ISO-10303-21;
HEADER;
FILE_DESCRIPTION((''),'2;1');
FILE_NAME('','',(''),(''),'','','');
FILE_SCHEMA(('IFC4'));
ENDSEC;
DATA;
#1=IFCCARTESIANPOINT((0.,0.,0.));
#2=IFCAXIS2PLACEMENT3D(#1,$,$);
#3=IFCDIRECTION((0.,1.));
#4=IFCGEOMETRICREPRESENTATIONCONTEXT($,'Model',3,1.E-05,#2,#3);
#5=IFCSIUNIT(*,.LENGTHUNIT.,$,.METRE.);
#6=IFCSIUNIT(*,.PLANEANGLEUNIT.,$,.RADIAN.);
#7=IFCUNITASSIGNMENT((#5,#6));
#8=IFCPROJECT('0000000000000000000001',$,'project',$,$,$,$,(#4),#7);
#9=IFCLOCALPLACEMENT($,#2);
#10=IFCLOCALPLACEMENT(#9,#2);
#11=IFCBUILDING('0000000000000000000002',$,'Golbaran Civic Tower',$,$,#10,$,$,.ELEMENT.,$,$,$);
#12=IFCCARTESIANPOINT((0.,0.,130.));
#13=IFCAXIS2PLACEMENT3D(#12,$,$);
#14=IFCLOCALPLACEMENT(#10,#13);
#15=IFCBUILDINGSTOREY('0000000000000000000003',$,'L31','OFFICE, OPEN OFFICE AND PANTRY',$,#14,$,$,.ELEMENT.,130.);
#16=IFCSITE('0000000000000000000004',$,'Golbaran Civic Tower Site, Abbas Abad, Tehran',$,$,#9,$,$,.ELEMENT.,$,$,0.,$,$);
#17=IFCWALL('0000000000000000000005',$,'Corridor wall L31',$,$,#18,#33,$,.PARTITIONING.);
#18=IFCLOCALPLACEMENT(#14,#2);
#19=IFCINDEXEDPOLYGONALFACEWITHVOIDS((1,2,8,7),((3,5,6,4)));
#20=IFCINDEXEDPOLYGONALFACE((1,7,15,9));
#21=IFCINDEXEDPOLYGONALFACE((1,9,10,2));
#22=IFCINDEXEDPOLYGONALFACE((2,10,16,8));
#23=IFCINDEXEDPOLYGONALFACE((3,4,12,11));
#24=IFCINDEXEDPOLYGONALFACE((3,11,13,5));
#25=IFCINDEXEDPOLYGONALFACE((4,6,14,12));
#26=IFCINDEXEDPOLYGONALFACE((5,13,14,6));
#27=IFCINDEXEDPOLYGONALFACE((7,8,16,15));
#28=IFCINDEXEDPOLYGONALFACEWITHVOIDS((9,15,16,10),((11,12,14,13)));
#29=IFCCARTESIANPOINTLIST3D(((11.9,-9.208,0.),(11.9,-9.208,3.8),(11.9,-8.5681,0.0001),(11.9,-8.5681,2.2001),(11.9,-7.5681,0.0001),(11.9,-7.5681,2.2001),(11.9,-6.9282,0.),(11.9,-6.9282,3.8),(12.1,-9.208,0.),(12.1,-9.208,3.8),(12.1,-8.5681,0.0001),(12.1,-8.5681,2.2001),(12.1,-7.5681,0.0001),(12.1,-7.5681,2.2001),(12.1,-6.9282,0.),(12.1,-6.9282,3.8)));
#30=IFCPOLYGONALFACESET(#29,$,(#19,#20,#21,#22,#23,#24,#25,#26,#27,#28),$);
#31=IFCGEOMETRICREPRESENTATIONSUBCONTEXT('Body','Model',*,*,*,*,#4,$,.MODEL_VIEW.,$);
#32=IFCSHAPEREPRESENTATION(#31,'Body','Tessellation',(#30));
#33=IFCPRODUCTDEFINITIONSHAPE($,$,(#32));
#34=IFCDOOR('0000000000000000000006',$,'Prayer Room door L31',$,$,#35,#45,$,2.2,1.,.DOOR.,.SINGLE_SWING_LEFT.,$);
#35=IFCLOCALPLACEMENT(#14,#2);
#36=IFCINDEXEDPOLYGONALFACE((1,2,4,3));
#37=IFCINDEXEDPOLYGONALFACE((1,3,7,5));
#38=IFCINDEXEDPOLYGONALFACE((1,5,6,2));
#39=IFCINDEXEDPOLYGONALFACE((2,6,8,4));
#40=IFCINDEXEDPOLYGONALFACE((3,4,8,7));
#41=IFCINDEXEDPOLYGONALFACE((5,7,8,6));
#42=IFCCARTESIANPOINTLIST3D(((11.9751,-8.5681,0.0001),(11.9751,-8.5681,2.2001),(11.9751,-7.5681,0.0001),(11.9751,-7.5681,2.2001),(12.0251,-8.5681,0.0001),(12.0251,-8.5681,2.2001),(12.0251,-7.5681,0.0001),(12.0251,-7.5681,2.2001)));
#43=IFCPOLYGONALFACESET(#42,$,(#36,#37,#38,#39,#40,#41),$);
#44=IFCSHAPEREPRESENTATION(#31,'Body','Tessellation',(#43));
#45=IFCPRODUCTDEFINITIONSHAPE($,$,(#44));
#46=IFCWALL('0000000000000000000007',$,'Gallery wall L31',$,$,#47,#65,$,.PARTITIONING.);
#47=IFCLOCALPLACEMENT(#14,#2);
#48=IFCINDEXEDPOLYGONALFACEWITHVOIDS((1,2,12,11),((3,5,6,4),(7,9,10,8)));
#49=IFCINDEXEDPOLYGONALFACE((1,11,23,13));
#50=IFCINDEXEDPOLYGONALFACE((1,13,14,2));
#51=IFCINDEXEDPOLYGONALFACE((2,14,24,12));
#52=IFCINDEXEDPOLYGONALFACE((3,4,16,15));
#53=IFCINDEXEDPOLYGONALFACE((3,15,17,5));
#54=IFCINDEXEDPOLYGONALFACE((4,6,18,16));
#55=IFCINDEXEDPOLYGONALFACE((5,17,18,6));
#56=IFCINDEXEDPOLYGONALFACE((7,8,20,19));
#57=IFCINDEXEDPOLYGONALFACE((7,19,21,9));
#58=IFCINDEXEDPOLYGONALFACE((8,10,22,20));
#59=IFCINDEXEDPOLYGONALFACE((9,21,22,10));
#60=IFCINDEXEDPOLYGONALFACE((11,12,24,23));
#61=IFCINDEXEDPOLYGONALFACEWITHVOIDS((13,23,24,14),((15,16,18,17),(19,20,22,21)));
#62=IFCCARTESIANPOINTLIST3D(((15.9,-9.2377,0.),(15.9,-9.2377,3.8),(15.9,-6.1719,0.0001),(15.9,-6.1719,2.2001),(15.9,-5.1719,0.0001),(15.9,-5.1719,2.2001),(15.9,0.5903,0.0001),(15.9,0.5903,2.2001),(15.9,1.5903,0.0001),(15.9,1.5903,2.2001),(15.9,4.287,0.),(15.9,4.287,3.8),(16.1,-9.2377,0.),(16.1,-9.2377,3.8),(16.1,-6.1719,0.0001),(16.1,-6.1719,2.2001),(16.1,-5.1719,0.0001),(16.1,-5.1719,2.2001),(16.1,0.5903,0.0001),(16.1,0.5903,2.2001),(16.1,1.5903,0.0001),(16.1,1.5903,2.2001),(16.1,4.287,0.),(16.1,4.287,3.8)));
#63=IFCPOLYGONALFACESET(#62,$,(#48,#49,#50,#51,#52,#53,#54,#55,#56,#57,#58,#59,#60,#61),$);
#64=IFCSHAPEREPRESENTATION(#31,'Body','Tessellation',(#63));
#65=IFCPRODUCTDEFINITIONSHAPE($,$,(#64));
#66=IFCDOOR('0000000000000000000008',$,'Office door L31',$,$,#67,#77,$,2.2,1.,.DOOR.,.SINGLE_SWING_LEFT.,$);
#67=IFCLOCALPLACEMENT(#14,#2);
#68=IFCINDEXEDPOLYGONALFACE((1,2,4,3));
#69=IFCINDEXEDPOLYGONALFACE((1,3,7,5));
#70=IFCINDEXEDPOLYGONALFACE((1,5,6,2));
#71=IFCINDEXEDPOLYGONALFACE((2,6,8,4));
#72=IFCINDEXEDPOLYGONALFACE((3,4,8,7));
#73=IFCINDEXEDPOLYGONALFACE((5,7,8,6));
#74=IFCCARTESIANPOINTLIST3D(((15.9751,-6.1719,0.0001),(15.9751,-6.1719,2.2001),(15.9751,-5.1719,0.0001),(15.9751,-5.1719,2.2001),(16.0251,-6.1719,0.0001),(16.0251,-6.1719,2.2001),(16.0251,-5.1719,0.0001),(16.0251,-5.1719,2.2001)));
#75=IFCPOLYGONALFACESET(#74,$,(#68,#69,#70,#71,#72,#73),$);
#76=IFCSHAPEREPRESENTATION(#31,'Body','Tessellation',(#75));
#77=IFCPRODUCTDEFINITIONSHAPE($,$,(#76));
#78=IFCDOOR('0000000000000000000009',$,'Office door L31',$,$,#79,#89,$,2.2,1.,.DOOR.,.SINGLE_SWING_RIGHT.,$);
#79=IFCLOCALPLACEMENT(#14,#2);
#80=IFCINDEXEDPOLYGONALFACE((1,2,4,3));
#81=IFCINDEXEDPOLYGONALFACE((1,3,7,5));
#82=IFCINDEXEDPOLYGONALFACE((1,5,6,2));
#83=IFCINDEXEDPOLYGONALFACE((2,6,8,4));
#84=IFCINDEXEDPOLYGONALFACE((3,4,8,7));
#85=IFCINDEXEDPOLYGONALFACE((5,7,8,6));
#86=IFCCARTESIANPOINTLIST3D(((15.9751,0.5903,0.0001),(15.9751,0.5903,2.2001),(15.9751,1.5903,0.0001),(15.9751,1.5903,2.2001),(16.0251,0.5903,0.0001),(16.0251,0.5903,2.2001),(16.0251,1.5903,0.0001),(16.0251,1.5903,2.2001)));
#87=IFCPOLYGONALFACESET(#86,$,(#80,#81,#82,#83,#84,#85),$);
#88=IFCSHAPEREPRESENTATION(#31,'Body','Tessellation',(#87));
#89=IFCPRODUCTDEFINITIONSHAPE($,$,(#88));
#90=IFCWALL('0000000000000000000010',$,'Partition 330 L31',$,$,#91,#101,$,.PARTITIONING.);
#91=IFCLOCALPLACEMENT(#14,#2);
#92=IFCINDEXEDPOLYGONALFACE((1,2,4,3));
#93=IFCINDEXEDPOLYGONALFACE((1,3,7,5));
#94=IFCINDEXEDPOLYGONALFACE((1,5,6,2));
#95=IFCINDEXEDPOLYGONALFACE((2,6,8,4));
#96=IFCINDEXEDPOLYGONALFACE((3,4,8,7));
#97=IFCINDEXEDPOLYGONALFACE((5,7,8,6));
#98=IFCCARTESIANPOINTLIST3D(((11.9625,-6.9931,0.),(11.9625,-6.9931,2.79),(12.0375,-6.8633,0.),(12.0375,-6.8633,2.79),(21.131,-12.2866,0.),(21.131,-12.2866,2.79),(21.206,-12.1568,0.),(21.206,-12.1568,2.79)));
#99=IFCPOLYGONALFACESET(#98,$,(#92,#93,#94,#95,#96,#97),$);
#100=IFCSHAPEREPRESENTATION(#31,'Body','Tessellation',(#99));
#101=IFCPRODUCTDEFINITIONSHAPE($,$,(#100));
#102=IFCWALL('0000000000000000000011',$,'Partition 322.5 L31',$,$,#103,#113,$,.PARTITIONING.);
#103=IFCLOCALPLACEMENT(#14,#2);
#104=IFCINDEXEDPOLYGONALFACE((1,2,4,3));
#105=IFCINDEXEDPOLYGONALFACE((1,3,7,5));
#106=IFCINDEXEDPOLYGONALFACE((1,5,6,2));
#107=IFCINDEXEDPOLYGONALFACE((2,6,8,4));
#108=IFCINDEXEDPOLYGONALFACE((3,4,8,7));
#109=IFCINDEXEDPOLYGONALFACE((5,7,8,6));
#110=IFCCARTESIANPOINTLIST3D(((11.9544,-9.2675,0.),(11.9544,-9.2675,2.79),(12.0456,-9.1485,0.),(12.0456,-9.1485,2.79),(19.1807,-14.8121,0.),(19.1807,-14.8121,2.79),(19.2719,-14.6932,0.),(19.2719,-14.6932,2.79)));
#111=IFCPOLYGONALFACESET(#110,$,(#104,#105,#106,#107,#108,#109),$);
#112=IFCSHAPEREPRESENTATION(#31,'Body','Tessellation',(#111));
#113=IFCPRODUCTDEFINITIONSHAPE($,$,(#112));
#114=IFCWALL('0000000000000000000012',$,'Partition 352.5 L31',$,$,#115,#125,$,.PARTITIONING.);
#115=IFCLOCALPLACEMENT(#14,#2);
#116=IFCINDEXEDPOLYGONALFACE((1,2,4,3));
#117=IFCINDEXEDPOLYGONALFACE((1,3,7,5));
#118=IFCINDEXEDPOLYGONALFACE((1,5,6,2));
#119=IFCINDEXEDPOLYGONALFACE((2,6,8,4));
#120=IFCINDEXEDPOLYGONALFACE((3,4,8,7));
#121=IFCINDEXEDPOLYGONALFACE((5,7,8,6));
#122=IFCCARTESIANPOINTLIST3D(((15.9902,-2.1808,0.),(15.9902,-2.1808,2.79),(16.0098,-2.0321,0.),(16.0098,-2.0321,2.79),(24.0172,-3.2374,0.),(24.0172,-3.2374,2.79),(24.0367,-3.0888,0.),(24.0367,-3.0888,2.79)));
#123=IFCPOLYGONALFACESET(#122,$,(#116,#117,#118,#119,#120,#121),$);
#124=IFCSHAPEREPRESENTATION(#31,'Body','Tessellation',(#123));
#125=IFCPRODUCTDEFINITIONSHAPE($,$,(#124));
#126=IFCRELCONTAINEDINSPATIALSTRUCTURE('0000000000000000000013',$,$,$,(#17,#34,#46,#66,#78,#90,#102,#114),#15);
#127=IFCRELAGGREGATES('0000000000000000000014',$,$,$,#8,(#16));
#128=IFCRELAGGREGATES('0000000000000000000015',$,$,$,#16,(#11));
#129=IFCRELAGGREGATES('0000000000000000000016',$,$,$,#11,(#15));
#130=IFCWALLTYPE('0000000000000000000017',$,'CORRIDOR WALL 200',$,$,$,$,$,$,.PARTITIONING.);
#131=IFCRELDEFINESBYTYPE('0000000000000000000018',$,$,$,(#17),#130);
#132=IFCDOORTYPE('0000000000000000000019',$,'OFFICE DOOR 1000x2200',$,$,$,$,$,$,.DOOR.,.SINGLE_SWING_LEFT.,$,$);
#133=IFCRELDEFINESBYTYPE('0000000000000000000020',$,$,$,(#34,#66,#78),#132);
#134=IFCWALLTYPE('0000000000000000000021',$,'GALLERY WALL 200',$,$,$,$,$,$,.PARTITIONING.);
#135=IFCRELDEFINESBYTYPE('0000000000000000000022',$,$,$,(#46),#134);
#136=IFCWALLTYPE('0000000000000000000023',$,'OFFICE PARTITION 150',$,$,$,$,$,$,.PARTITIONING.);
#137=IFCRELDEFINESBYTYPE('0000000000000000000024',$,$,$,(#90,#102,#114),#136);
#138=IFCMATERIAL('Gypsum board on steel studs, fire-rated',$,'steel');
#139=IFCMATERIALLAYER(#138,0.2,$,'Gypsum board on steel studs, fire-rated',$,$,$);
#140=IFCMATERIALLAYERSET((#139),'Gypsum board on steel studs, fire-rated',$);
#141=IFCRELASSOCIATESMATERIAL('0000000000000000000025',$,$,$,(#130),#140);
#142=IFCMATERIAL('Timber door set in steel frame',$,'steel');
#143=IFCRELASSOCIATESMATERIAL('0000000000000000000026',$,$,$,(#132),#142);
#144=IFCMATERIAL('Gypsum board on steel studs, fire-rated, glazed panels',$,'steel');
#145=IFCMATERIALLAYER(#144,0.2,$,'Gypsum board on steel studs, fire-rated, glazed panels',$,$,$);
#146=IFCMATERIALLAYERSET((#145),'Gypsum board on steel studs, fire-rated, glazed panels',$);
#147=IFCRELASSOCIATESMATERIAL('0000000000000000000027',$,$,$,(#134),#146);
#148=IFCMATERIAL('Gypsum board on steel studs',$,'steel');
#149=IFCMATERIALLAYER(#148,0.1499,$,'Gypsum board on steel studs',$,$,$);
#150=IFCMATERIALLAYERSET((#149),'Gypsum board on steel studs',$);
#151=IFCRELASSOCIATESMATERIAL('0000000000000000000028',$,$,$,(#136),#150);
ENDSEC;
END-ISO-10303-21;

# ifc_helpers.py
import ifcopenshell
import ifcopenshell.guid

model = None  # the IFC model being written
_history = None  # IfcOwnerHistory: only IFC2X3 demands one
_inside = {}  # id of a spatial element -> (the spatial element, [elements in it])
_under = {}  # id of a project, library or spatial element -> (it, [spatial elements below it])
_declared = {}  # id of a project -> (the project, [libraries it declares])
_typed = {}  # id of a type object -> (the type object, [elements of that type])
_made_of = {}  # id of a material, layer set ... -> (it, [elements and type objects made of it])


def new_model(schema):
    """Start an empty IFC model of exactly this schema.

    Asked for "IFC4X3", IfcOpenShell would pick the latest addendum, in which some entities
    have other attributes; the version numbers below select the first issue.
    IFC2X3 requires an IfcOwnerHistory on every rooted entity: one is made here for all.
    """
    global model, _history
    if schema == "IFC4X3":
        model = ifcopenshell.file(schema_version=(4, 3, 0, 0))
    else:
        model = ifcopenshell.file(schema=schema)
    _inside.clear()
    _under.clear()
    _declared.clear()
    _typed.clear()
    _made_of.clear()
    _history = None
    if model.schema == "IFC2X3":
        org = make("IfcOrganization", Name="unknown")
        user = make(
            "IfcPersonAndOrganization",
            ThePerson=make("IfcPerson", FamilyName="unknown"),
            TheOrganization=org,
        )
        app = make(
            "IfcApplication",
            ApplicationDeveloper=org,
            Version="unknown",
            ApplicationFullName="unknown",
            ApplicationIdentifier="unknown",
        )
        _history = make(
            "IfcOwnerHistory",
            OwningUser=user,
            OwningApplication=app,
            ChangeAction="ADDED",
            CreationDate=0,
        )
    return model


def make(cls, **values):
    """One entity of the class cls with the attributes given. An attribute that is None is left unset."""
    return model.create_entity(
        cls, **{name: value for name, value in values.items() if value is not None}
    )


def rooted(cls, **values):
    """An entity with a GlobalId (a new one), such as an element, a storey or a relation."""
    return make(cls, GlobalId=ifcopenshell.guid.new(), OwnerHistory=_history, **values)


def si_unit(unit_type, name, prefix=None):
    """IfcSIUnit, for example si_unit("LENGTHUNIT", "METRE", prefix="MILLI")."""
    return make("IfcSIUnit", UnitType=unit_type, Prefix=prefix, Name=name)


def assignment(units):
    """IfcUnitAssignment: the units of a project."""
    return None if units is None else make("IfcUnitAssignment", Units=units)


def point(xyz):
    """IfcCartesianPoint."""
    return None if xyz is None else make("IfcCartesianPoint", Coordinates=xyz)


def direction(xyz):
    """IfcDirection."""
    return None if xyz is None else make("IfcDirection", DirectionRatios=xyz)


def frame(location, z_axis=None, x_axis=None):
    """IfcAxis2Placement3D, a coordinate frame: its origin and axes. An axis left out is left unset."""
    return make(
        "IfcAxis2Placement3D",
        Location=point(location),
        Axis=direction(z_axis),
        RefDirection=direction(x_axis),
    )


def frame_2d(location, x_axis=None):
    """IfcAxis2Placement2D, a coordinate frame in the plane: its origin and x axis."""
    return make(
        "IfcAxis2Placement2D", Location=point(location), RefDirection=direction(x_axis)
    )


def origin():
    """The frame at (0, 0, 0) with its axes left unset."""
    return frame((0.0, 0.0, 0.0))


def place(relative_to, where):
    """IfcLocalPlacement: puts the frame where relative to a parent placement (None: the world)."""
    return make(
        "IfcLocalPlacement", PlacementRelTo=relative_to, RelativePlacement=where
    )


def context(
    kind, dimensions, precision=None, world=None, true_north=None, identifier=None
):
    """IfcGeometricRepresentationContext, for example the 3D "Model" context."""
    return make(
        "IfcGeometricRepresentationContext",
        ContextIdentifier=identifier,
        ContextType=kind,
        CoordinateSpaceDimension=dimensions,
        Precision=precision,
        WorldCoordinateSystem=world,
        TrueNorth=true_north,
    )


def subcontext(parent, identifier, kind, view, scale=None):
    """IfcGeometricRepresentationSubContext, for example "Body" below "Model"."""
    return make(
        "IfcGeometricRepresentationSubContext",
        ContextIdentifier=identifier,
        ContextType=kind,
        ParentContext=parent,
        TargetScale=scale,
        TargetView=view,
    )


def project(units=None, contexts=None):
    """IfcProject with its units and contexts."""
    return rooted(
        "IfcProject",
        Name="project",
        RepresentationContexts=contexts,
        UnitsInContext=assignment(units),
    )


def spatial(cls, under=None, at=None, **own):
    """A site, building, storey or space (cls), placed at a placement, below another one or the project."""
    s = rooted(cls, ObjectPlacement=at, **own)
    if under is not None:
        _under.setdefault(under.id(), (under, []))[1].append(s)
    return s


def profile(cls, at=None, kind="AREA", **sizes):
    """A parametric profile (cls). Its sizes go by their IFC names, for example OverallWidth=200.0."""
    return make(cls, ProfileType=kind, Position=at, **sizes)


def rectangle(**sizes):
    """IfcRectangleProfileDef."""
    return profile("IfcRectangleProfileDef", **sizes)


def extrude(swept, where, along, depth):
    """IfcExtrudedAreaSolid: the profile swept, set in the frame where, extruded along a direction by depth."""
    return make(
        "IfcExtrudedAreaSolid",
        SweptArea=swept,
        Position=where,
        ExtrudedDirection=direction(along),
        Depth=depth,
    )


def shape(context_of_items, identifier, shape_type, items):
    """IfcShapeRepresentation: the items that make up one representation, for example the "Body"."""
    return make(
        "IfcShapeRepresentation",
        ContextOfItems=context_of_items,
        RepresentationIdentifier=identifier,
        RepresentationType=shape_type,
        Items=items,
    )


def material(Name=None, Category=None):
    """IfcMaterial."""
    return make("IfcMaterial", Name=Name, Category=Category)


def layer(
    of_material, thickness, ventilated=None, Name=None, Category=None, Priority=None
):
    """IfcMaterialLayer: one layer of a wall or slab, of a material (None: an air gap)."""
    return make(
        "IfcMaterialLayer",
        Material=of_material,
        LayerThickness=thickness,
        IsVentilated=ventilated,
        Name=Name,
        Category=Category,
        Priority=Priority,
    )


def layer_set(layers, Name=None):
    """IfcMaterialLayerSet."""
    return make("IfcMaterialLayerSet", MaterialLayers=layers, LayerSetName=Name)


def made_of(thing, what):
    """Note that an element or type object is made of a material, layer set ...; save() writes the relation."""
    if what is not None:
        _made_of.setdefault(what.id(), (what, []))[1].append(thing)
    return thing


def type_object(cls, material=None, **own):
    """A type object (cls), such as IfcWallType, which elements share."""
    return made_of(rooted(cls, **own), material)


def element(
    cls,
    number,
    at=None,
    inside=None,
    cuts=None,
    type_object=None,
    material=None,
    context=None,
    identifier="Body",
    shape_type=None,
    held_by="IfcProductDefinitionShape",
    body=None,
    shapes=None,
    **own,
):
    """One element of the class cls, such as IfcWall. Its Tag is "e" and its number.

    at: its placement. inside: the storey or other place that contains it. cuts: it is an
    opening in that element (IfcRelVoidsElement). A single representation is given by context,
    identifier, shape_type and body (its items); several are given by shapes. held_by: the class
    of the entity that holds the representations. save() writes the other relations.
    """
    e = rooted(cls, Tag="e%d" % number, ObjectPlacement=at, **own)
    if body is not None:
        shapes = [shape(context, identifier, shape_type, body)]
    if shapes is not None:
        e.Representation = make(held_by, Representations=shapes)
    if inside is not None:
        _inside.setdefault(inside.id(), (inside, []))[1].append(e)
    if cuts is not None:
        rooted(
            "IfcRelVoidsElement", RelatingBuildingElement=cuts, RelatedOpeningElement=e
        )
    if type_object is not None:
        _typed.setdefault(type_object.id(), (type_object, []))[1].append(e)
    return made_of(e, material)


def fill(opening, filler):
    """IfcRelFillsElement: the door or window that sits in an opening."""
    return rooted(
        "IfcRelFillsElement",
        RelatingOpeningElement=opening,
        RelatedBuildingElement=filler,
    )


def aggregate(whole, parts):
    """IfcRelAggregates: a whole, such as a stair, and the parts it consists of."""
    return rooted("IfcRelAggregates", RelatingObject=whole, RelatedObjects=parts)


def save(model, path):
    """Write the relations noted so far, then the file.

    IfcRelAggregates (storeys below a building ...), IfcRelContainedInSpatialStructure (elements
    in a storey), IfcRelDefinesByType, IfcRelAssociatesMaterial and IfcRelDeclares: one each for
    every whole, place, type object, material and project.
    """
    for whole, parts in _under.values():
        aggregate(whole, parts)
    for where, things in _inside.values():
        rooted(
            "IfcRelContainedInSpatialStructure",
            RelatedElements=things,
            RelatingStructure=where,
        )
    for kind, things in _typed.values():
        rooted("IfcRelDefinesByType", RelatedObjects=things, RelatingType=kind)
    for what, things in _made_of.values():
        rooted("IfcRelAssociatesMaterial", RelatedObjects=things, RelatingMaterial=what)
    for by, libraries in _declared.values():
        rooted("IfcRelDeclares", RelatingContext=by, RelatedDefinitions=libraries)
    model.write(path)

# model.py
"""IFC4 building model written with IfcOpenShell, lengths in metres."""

from ifc_helpers import new_model, si_unit, direction, frame, frame_2d, origin, place, context, subcontext, project, spatial, rectangle, extrude, material, layer, layer_set, type_object, element, fill, save


model = new_model("IFC4")

# Units and contexts
model_context = context("Model", 3, precision=1e-05, world=origin(), true_north=direction((0.0, 1.0)))
body_context = subcontext(model_context, "Body", "Model", "MODEL_VIEW")
ifc_project = project(units=[si_unit("LENGTHUNIT", "METRE"), si_unit("PLANEANGLEUNIT", "RADIAN")], contexts=[model_context])

# Site, building, storey
site_placement = place(None, origin())
site = spatial("IfcSite", under=ifc_project, at=site_placement, Name="Golbaran Civic Tower Site, Abbas Abad, Tehran", CompositionType="ELEMENT", RefElevation=0.0)
building_placement = place(site_placement, origin())
building = spatial("IfcBuilding", under=site, at=building_placement, Name="Golbaran Civic Tower", CompositionType="ELEMENT")
storey_placement = place(building_placement, frame((0.0, 0.0, 130.0)))
storey = spatial("IfcBuildingStorey", under=building, at=storey_placement, Name="L31", Description="OFFICE, OPEN OFFICE AND PANTRY", CompositionType="ELEMENT", Elevation=130.0)

# Shared definitions
ifc_material_1 = material(Name="Timber door set in steel frame", Category="steel")

# Shared definitions
ifc_material_2 = material(Name="Gypsum board on steel studs, fire-rated", Category="steel")
ifc_layer_1 = layer(ifc_material_2, 0.2, Name="Gypsum board on steel studs, fire-rated")
ifc_layer_set_1 = layer_set([ifc_layer_1], Name="Gypsum board on steel studs, fire-rated")
wall_type_1 = type_object("IfcWallType", Name="CORRIDOR WALL 200", PredefinedType="PARTITIONING", material=ifc_layer_set_1)

# Wall, opening, door
wall_1_placement = place(storey_placement, frame((12.0, -9.208, 0.0), z_axis=(0.0, 0.0, 1.0), x_axis=(0.0, 1.0, 0.0)))
wall_1 = element("IfcWall", 1, at=wall_1_placement, inside=storey, type_object=wall_type_1, Name="Corridor wall L31", PredefinedType="PARTITIONING", context=body_context, shape_type="SweptSolid", body=[
    extrude(rectangle(XDim=2.2798, YDim=0.2, at=frame_2d((1.1399, 0.0))), origin(), (0.0, 0.0, 1.0), 3.8),
])
opening_1_placement = place(wall_1_placement, frame((0.6399, 0.0, 0.0)))
opening_1 = element("IfcOpeningElement", 2, at=opening_1_placement, cuts=wall_1, PredefinedType="OPENING", context=body_context, shape_type="SweptSolid", body=[
    extrude(rectangle(XDim=1.0, YDim=2.2, at=frame_2d((0.5, 1.1001))), frame((0.0, 0.1099, 0.0), z_axis=(0.0, -1.0, 0.0), x_axis=(1.0, 0.0, 0.0)), (0.0, 0.0, 1.0), 0.22),
])
door_type_1 = type_object("IfcDoorType", Name="OFFICE DOOR 1000x2200", OperationType="SINGLE_SWING_LEFT", PredefinedType="DOOR", material=ifc_material_1)
door_1_placement = place(opening_1_placement, origin())
door_1 = element("IfcDoor", 3, at=door_1_placement, inside=storey, type_object=door_type_1, Name="Prayer Room door L31", OperationType="SINGLE_SWING_LEFT", OverallHeight=2.2, OverallWidth=1.0, PredefinedType="DOOR", context=body_context, shape_type="SweptSolid", body=[
    extrude(rectangle(XDim=1.0, YDim=2.2, at=frame_2d((0.5, 1.1001))), frame((0.0, 0.0249, 0.0), z_axis=(0.0, -1.0, 0.0), x_axis=(1.0, 0.0, 0.0)), (0.0, 0.0, 1.0), 0.05),
])
fill(opening_1, door_1)

# Wall, openings, doors
ifc_material_3 = material(Name="Gypsum board on steel studs, fire-rated, glazed panels", Category="steel")
ifc_layer_2 = layer(ifc_material_3, 0.2, Name="Gypsum board on steel studs, fire-rated, glazed panels")
ifc_layer_set_2 = layer_set([ifc_layer_2], Name="Gypsum board on steel studs, fire-rated, glazed panels")
wall_type_2 = type_object("IfcWallType", Name="GALLERY WALL 200", PredefinedType="PARTITIONING", material=ifc_layer_set_2)
wall_2_placement = place(storey_placement, frame((16.0, -9.2375, 0.0), z_axis=(0.0, 0.0, 1.0), x_axis=(0.0, 1.0, 0.0)))
wall_2 = element("IfcWall", 4, at=wall_2_placement, inside=storey, type_object=wall_type_2, Name="Gallery wall L31", PredefinedType="PARTITIONING", context=body_context, shape_type="SweptSolid", body=[
    extrude(rectangle(XDim=13.5247, YDim=0.2, at=frame_2d((6.7622, 0.0))), origin(), (0.0, 0.0, 1.0), 3.8),
])
opening_2_placement = place(wall_2_placement, frame((3.0657, 0.0, 0.0)))
opening_2 = element("IfcOpeningElement", 5, at=opening_2_placement, cuts=wall_2, PredefinedType="OPENING", context=body_context, shape_type="SweptSolid", body=[
    extrude(rectangle(XDim=1.0, YDim=2.2, at=frame_2d((0.5, 1.1001))), frame((0.0, 0.1099, 0.0), z_axis=(0.0, -1.0, 0.0), x_axis=(1.0, 0.0, 0.0)), (0.0, 0.0, 1.0), 0.22),
])
opening_3_placement = place(wall_2_placement, frame((9.8279, 0.0, 0.0)))
opening_3 = element("IfcOpeningElement", 6, at=opening_3_placement, cuts=wall_2, PredefinedType="OPENING", context=body_context, shape_type="SweptSolid", body=[
    extrude(rectangle(XDim=1.0, YDim=2.2, at=frame_2d((0.5, 1.1001))), frame((0.0, 0.1099, 0.0), z_axis=(0.0, -1.0, 0.0), x_axis=(1.0, 0.0, 0.0)), (0.0, 0.0, 1.0), 0.22),
])
door_2_placement = place(opening_2_placement, origin())
door_2 = element("IfcDoor", 7, at=door_2_placement, inside=storey, type_object=door_type_1, Name="Office door L31", OperationType="SINGLE_SWING_LEFT", OverallHeight=2.2, OverallWidth=1.0, PredefinedType="DOOR", context=body_context, shape_type="SweptSolid", body=[
    extrude(rectangle(XDim=1.0, YDim=2.2, at=frame_2d((0.5, 1.1001))), frame((0.0, 0.0249, 0.0), z_axis=(0.0, -1.0, 0.0), x_axis=(1.0, 0.0, 0.0)), (0.0, 0.0, 1.0), 0.05),
])
fill(opening_2, door_2)
door_3_placement = place(opening_3_placement, origin())
door_3 = element("IfcDoor", 8, at=door_3_placement, inside=storey, type_object=door_type_1, Name="Office door L31", OperationType="SINGLE_SWING_RIGHT", OverallHeight=2.2, OverallWidth=1.0, PredefinedType="DOOR", context=body_context, shape_type="SweptSolid", body=[
    extrude(rectangle(XDim=1.0, YDim=2.2, at=frame_2d((0.5, 1.1001))), frame((0.0, 0.0249, 0.0), z_axis=(0.0, -1.0, 0.0), x_axis=(1.0, 0.0, 0.0)), (0.0, 0.0, 1.0), 0.05),
])
fill(opening_3, door_3)

# Walls
ifc_material_4 = material(Name="Gypsum board on steel studs", Category="steel")
ifc_layer_3 = layer(ifc_material_4, 0.1499, Name="Gypsum board on steel studs")
ifc_layer_set_3 = layer_set([ifc_layer_3], Name="Gypsum board on steel studs")
wall_type_3 = type_object("IfcWallType", Name="OFFICE PARTITION 150", PredefinedType="PARTITIONING", material=ifc_layer_set_3)
wall_3_placement = place(storey_placement, frame((12.0, -6.9282, 0.0), z_axis=(0.0, 0.0, 1.0), x_axis=(0.866024, -0.500003, 0.0)))
element("IfcWall", 9, at=wall_3_placement, inside=storey, type_object=wall_type_3, Name="Partition 330 L31", PredefinedType="PARTITIONING", context=body_context, shape_type="SweptSolid", body=[
    extrude(rectangle(XDim=10.5869, YDim=0.1499, at=frame_2d((5.2935, 0.0))), origin(), (0.0, 0.0, 1.0), 2.79),
])
wall_4_placement = place(storey_placement, frame((12.0, -9.208, 0.0), z_axis=(0.0, 0.0, 1.0), x_axis=(0.793368, -0.608743, 0.0)))
element("IfcWall", 10, at=wall_4_placement, inside=storey, type_object=wall_type_3, Name="Partition 322.5 L31", PredefinedType="PARTITIONING", context=body_context, shape_type="SweptSolid", body=[
    extrude(rectangle(XDim=9.1084, YDim=0.1499, at=frame_2d((4.5542, 0.0))), origin(), (0.0, 0.0, 1.0), 2.79),
])
wall_5_placement = place(storey_placement, frame((16.0, -2.1064, 0.0), z_axis=(0.0, 0.0, 1.0), x_axis=(0.991447, -0.130512, 0.0)))
element("IfcWall", 11, at=wall_5_placement, inside=storey, type_object=wall_type_3, Name="Partition 352.5 L31", PredefinedType="PARTITIONING", context=body_context, shape_type="SweptSolid", body=[
    extrude(rectangle(XDim=8.0962, YDim=0.1499, at=frame_2d((4.0481, 0.0))), origin(), (0.0, 0.0, 1.0), 2.79),
])

save(model, "model.ifc")
